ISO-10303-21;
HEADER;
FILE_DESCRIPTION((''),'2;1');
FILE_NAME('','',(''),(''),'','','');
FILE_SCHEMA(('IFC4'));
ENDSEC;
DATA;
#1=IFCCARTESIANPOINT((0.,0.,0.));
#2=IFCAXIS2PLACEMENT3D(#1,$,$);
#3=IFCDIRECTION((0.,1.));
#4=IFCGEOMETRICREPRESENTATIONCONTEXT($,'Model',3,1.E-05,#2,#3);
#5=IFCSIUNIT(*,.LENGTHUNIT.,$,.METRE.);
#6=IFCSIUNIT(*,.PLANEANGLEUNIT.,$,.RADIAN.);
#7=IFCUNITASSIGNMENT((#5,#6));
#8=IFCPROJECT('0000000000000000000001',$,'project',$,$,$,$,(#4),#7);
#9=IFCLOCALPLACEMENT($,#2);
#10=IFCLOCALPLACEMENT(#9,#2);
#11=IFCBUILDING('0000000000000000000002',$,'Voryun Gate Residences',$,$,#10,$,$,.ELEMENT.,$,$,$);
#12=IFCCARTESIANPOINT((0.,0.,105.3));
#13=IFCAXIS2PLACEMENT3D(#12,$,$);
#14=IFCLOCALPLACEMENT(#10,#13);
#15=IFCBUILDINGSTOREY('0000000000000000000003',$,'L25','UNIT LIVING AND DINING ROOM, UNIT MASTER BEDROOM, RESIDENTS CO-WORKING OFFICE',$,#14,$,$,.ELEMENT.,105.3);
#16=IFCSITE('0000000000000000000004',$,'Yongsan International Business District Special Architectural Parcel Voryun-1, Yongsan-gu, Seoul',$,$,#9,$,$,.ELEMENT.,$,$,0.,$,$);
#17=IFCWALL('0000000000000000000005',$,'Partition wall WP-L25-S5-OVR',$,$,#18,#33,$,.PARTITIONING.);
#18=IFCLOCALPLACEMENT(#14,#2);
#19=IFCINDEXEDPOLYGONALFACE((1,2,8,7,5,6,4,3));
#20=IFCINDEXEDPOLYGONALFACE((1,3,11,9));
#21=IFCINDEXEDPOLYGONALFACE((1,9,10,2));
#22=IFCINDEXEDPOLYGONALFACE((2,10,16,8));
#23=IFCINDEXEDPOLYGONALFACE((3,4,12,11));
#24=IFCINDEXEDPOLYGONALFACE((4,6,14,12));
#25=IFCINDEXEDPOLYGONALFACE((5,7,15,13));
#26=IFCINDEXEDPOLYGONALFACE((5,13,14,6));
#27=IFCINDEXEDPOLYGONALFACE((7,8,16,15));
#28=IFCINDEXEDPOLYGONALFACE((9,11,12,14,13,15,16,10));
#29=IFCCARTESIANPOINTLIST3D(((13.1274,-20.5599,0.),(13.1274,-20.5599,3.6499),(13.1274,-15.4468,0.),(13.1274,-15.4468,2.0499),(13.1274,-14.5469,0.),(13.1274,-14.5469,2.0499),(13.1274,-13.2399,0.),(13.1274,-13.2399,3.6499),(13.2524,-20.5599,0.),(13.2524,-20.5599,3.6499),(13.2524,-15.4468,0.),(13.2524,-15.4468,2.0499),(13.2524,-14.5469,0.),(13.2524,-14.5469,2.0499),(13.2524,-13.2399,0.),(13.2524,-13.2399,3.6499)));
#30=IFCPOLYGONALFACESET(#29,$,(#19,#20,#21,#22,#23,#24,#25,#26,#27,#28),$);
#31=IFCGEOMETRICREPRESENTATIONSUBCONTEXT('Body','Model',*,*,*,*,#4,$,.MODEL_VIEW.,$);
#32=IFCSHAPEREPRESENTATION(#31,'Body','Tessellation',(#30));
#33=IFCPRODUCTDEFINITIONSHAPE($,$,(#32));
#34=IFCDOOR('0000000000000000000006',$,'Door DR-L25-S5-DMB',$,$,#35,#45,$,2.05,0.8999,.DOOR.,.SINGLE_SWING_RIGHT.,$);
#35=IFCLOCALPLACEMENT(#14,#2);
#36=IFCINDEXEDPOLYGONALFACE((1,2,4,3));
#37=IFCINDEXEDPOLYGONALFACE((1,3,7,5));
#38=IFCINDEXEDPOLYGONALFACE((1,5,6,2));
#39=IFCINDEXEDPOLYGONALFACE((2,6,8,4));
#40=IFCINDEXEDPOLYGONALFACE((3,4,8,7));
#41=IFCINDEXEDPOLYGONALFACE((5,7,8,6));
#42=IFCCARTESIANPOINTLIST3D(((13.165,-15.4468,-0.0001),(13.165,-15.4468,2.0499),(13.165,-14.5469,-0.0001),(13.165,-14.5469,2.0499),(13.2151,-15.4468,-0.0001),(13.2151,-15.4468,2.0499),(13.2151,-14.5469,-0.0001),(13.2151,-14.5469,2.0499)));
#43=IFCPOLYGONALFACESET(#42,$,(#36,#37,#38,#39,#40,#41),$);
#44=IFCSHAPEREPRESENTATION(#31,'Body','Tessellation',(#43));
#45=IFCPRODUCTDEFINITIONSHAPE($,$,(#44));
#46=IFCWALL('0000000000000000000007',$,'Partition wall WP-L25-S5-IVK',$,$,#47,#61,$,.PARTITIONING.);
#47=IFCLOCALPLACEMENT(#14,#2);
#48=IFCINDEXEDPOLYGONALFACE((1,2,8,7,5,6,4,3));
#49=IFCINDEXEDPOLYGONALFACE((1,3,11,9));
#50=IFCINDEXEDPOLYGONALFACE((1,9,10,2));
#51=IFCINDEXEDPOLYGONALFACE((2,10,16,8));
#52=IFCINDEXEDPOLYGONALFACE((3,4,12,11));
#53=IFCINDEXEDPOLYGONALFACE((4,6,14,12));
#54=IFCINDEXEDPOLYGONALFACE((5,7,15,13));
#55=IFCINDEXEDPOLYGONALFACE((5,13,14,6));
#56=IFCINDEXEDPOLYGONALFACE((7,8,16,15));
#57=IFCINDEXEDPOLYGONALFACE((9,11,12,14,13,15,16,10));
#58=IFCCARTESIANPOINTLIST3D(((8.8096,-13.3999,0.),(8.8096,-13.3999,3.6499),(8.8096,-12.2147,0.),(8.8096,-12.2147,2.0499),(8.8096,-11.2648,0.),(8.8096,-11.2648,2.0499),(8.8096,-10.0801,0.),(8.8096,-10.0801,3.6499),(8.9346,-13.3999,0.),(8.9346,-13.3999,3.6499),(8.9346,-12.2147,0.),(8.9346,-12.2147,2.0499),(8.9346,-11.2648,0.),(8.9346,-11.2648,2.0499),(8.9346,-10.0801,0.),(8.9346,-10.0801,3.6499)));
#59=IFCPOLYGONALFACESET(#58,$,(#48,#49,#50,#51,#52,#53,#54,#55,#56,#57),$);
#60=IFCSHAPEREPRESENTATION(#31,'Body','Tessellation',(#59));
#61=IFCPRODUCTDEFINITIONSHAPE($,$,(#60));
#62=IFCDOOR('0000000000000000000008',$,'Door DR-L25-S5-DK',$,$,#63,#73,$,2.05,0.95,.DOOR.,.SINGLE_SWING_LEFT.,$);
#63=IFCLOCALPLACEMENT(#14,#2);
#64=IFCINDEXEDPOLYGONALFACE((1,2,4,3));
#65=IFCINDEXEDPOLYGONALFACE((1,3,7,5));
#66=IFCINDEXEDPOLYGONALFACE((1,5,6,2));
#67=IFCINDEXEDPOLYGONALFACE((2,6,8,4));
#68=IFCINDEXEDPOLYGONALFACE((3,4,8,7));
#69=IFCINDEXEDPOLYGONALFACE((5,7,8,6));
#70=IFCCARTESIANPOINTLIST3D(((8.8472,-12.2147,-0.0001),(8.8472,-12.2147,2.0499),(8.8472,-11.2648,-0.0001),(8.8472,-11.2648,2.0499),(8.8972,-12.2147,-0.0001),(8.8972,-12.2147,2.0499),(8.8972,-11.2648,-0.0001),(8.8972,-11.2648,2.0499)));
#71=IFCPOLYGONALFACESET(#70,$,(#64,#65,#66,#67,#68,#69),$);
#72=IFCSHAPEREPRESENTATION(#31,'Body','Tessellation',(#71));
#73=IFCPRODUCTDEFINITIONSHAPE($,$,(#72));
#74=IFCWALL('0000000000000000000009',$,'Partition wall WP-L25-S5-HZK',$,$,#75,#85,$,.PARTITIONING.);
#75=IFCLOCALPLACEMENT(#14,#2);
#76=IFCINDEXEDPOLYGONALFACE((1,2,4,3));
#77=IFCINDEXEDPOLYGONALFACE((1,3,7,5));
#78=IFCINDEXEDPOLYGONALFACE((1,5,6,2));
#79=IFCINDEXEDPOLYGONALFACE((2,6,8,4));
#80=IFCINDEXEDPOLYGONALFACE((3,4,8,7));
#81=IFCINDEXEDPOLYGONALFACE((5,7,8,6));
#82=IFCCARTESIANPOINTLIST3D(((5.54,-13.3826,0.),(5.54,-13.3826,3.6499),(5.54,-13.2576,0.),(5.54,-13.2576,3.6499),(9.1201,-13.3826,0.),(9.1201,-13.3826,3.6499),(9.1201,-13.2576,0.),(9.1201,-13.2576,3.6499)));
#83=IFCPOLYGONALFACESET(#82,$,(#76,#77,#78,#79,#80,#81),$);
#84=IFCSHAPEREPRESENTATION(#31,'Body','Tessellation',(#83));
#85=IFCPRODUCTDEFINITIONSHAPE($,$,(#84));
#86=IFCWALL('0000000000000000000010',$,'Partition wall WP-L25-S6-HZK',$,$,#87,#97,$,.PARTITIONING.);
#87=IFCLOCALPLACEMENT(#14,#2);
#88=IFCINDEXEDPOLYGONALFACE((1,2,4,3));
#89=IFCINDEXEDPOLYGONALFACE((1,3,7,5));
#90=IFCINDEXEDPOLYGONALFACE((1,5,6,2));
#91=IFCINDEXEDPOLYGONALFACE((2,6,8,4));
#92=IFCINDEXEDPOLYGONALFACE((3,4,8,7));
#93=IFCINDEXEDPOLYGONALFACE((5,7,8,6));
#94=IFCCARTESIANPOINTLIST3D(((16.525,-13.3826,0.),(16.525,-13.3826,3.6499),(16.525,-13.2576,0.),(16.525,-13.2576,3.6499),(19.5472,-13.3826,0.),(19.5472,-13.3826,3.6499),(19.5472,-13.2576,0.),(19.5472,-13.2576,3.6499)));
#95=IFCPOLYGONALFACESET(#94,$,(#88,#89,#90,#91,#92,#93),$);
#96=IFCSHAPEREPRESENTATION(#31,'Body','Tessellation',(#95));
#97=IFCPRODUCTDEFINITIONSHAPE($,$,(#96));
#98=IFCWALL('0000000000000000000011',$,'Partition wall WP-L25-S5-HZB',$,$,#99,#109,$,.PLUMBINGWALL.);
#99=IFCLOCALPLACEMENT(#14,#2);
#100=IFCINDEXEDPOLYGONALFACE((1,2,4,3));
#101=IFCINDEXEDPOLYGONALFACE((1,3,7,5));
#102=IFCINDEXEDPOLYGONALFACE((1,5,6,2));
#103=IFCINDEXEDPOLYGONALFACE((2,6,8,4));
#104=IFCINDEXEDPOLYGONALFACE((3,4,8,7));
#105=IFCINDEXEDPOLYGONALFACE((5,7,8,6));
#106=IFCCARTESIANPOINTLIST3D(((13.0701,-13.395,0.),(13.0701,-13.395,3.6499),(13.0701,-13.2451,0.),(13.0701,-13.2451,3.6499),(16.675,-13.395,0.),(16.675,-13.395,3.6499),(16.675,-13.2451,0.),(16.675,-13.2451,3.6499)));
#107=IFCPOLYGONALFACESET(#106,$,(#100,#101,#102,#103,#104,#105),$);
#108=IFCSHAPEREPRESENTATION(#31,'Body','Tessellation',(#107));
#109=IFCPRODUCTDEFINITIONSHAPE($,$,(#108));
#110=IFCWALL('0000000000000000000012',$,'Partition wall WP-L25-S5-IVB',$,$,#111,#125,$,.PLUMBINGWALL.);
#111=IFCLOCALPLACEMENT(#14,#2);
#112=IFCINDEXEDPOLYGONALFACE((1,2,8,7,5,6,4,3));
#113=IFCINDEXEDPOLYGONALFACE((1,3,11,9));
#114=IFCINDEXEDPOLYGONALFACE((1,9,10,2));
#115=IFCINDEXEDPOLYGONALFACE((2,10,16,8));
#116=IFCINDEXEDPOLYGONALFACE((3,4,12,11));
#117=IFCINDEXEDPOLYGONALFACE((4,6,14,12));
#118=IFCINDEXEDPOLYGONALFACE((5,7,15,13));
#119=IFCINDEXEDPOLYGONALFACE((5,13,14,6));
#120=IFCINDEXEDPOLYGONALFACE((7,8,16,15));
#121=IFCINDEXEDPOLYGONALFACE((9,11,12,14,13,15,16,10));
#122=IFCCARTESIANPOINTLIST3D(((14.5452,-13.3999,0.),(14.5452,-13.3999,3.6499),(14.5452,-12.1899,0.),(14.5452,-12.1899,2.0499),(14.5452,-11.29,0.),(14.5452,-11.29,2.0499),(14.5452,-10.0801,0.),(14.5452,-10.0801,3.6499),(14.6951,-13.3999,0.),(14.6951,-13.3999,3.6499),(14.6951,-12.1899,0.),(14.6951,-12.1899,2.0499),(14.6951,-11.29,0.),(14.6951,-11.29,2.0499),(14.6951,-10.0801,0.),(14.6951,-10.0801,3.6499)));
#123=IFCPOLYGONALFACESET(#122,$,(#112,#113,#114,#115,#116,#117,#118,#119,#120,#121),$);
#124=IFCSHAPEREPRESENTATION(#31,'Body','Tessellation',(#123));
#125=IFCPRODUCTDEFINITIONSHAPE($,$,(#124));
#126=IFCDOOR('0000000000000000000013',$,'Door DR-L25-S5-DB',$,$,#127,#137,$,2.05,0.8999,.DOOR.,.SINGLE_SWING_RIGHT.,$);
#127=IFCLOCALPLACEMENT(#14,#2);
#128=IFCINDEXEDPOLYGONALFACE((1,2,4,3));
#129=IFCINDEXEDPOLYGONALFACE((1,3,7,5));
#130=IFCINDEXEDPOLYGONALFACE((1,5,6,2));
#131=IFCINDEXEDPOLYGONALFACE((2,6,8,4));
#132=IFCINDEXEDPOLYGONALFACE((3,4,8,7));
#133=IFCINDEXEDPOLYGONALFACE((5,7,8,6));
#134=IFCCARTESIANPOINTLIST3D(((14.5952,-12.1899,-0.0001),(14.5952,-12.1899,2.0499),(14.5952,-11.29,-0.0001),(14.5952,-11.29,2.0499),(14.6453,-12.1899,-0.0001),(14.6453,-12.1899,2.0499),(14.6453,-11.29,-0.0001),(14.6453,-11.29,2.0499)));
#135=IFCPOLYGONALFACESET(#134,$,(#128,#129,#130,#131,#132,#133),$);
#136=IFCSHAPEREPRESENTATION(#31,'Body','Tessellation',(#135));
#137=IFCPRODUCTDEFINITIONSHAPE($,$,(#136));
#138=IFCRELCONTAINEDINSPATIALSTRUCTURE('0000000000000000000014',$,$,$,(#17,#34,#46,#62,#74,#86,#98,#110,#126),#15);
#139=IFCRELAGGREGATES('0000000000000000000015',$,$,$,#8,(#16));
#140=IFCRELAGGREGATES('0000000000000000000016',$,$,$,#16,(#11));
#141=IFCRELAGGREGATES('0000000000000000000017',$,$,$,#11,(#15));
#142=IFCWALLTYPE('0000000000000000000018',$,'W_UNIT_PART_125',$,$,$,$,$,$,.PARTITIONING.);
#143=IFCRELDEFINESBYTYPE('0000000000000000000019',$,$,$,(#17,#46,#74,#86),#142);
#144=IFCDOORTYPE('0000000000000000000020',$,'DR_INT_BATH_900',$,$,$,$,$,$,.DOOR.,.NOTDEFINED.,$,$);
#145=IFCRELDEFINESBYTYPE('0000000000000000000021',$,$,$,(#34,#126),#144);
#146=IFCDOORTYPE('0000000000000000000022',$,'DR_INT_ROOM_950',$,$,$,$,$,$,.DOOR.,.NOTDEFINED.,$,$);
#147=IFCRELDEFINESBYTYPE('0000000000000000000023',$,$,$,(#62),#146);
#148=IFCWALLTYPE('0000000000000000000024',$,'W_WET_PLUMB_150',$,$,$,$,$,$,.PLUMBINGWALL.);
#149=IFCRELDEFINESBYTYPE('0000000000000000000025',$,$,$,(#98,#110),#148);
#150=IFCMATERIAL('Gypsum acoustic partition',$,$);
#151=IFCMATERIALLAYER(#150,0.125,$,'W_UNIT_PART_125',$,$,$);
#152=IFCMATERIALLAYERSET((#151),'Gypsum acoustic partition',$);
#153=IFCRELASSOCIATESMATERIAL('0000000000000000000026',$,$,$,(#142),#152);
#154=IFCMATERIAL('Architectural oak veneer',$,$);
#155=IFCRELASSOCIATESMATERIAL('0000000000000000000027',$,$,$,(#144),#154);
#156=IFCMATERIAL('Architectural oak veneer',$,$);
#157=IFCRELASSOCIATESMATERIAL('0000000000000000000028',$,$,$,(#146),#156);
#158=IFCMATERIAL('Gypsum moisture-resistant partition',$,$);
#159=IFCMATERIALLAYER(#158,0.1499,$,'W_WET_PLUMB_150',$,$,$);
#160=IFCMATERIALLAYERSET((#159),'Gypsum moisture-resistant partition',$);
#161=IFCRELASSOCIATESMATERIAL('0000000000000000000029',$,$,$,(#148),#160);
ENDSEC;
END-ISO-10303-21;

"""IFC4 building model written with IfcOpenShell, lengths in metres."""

from ifc_helpers import new_model, si_unit, direction, frame, frame_2d, origin, place, context, subcontext, project, spatial, rectangle, extrude, material, layer, layer_set, type_object, element, fill, save


model = new_model("IFC4")

# Units and contexts
model_context = context("Model", 3, precision=1e-05, world=origin(), true_north=direction((0.0, 1.0)))
body_context = subcontext(model_context, "Body", "Model", "MODEL_VIEW")
ifc_project = project(units=[si_unit("LENGTHUNIT", "METRE"), si_unit("PLANEANGLEUNIT", "RADIAN")], contexts=[model_context])

# Site, building, storey
site_placement = place(None, origin())
site = spatial("IfcSite", under=ifc_project, at=site_placement, Name="Yongsan International Business District Special Architectural Parcel Voryun-1, Yongsan-gu, Seoul", CompositionType="ELEMENT", RefElevation=0.0)
building_placement = place(site_placement, origin())
building = spatial("IfcBuilding", under=site, at=building_placement, Name="Voryun Gate Residences", CompositionType="ELEMENT")
storey_placement = place(building_placement, frame((0.0, 0.0, 105.3)))
storey = spatial("IfcBuildingStorey", under=building, at=storey_placement, Name="L25", Description="UNIT LIVING AND DINING ROOM, UNIT MASTER BEDROOM, RESIDENTS CO-WORKING OFFICE", CompositionType="ELEMENT", Elevation=105.3)

# Shared definitions
ifc_material_1 = material(Name="Gypsum acoustic partition")
ifc_layer_1 = layer(ifc_material_1, 0.125, Name="W_UNIT_PART_125")
ifc_layer_set_1 = layer_set([ifc_layer_1], Name="Gypsum acoustic partition")
wall_type_1 = type_object("IfcWallType", Name="W_UNIT_PART_125", PredefinedType="PARTITIONING", material=ifc_layer_set_1)

# Walls, openings, doors
ifc_material_2 = material(Name="Architectural oak veneer")
door_type_1 = type_object("IfcDoorType", Name="DR_INT_BATH_900", OperationType="NOTDEFINED", PredefinedType="DOOR", material=ifc_material_2)
ifc_material_3 = material(Name="Architectural oak veneer")
door_type_2 = type_object("IfcDoorType", Name="DR_INT_ROOM_950", OperationType="NOTDEFINED", PredefinedType="DOOR", material=ifc_material_3)
wall_1_placement = place(storey_placement, frame((13.1899, -20.5601, 0.0), z_axis=(0.0, 0.0, 1.0), x_axis=(0.0, 1.0, 0.0)))
wall_1 = element("IfcWall", 1, at=wall_1_placement, inside=storey, type_object=wall_type_1, Name="Partition wall WP-L25-S5-OVR", PredefinedType="PARTITIONING", context=body_context, shape_type="SweptSolid", body=[
    extrude(rectangle(XDim=7.3201, YDim=0.125, at=frame_2d((3.6602, 0.0))), origin(), (0.0, 0.0, 1.0), 3.6499),
])
opening_1_placement = place(wall_1_placement, frame((5.1133, 0.0, 0.0)))
opening_1 = element("IfcOpeningElement", 2, at=opening_1_placement, cuts=wall_1, PredefinedType="OPENING", context=body_context, shape_type="SweptSolid", body=[
    extrude(rectangle(XDim=0.8999, YDim=2.05, at=frame_2d((0.45, 1.0249))), frame((0.0, 0.0725, 0.0), z_axis=(0.0, -1.0, 0.0), x_axis=(1.0, 0.0, 0.0)), (0.0, 0.0, 1.0), 0.145),
])
door_1_placement = place(opening_1_placement, origin())
door_1 = element("IfcDoor", 3, at=door_1_placement, inside=storey, type_object=door_type_1, Name="Door DR-L25-S5-DMB", OperationType="SINGLE_SWING_RIGHT", OverallHeight=2.05, OverallWidth=0.8999, PredefinedType="DOOR", context=body_context, shape_type="SweptSolid", body=[
    extrude(rectangle(XDim=0.8999, YDim=2.05, at=frame_2d((0.45, 1.0249))), frame((0.0, 0.0249, 0.0), z_axis=(0.0, -1.0, 0.0), x_axis=(1.0, 0.0, 0.0)), (0.0, 0.0, 1.0), 0.05),
])
fill(opening_1, door_1)
wall_2_placement = place(storey_placement, frame((8.8721, -13.3999, 0.0), z_axis=(0.0, 0.0, 1.0), x_axis=(0.0, 1.0, 0.0)))
wall_2 = element("IfcWall", 4, at=wall_2_placement, inside=storey, type_object=wall_type_1, Name="Partition wall WP-L25-S5-IVK", PredefinedType="PARTITIONING", context=body_context, shape_type="SweptSolid", body=[
    extrude(rectangle(XDim=3.3198, YDim=0.125, at=frame_2d((1.6599, 0.0))), origin(), (0.0, 0.0, 1.0), 3.6499),
])
opening_2_placement = place(wall_2_placement, frame((1.1851, 0.0, 0.0)))
opening_2 = element("IfcOpeningElement", 5, at=opening_2_placement, cuts=wall_2, PredefinedType="OPENING", context=body_context, shape_type="SweptSolid", body=[
    extrude(rectangle(XDim=0.95, YDim=2.05, at=frame_2d((0.4751, 1.0249))), frame((0.0, 0.0725, 0.0), z_axis=(0.0, -1.0, 0.0), x_axis=(1.0, 0.0, 0.0)), (0.0, 0.0, 1.0), 0.145),
])
door_2_placement = place(opening_2_placement, origin())
door_2 = element("IfcDoor", 6, at=door_2_placement, inside=storey, type_object=door_type_2, Name="Door DR-L25-S5-DK", OperationType="SINGLE_SWING_LEFT", OverallHeight=2.05, OverallWidth=0.95, PredefinedType="DOOR", context=body_context, shape_type="SweptSolid", body=[
    extrude(rectangle(XDim=0.95, YDim=2.05, at=frame_2d((0.4751, 1.0249))), frame((0.0, 0.0249, 0.0), z_axis=(0.0, -1.0, 0.0), x_axis=(1.0, 0.0, 0.0)), (0.0, 0.0, 1.0), 0.05),
])
fill(opening_2, door_2)

# Walls
wall_3_placement = place(storey_placement, frame((5.54, -13.3201, 0.0), z_axis=(0.0, 0.0, 1.0), x_axis=(1.0, 0.0, 0.0)))
element("IfcWall", 7, at=wall_3_placement, inside=storey, type_object=wall_type_1, Name="Partition wall WP-L25-S5-HZK", PredefinedType="PARTITIONING", context=body_context, shape_type="SweptSolid", body=[
    extrude(rectangle(XDim=3.5801, YDim=0.125, at=frame_2d((1.79, 0.0))), origin(), (0.0, 0.0, 1.0), 3.6499),
])
wall_4_placement = place(storey_placement, frame((16.5249, -13.3201, 0.0), z_axis=(0.0, 0.0, 1.0), x_axis=(1.0, 0.0, 0.0)))
element("IfcWall", 8, at=wall_4_placement, inside=storey, type_object=wall_type_1, Name="Partition wall WP-L25-S6-HZK", PredefinedType="PARTITIONING", context=body_context, shape_type="SweptSolid", body=[
    extrude(rectangle(XDim=3.0222, YDim=0.125, at=frame_2d((1.5112, 0.0))), origin(), (0.0, 0.0, 1.0), 3.6499),
])
ifc_material_4 = material(Name="Gypsum moisture-resistant partition")
ifc_layer_2 = layer(ifc_material_4, 0.1499, Name="W_WET_PLUMB_150")
ifc_layer_set_2 = layer_set([ifc_layer_2], Name="Gypsum moisture-resistant partition")
wall_type_2 = type_object("IfcWallType", Name="W_WET_PLUMB_150", PredefinedType="PLUMBINGWALL", material=ifc_layer_set_2)
wall_5_placement = place(storey_placement, frame((13.0701, -13.3201, 0.0), z_axis=(0.0, 0.0, 1.0), x_axis=(1.0, 0.0, 0.0)))
element("IfcWall", 9, at=wall_5_placement, inside=storey, type_object=wall_type_2, Name="Partition wall WP-L25-S5-HZB", PredefinedType="PLUMBINGWALL", context=body_context, shape_type="SweptSolid", body=[
    extrude(rectangle(XDim=3.605, YDim=0.1499, at=frame_2d((1.8025, 0.0))), origin(), (0.0, 0.0, 1.0), 3.6499),
])

# Wall, opening, door
wall_6_placement = place(storey_placement, frame((14.6201, -13.3999, 0.0), z_axis=(0.0, 0.0, 1.0), x_axis=(0.0, 1.0, 0.0)))
wall_6 = element("IfcWall", 10, at=wall_6_placement, inside=storey, type_object=wall_type_2, Name="Partition wall WP-L25-S5-IVB", PredefinedType="PLUMBINGWALL", context=body_context, shape_type="SweptSolid", body=[
    extrude(rectangle(XDim=3.3198, YDim=0.1499, at=frame_2d((1.6599, 0.0))), origin(), (0.0, 0.0, 1.0), 3.6499),
])
opening_3_placement = place(wall_6_placement, frame((1.21, 0.0, 0.0)))
opening_3 = element("IfcOpeningElement", 11, at=opening_3_placement, cuts=wall_6, PredefinedType="OPENING", context=body_context, shape_type="SweptSolid", body=[
    extrude(rectangle(XDim=0.8999, YDim=2.05, at=frame_2d((0.45, 1.0249))), frame((0.0, 0.085, 0.0), z_axis=(0.0, -1.0, 0.0), x_axis=(1.0, 0.0, 0.0)), (0.0, 0.0, 1.0), 0.1699),
])
door_3_placement = place(opening_3_placement, origin())
door_3 = element("IfcDoor", 12, at=door_3_placement, inside=storey, type_object=door_type_1, Name="Door DR-L25-S5-DB", OperationType="SINGLE_SWING_RIGHT", OverallHeight=2.05, OverallWidth=0.8999, PredefinedType="DOOR", context=body_context, shape_type="SweptSolid", body=[
    extrude(rectangle(XDim=0.8999, YDim=2.05, at=frame_2d((0.45, 1.0249))), frame((0.0, 0.0249, 0.0), z_axis=(0.0, -1.0, 0.0), x_axis=(1.0, 0.0, 0.0)), (0.0, 0.0, 1.0), 0.05),
])
fill(opening_3, door_3)

save(model, "model.ifc")
